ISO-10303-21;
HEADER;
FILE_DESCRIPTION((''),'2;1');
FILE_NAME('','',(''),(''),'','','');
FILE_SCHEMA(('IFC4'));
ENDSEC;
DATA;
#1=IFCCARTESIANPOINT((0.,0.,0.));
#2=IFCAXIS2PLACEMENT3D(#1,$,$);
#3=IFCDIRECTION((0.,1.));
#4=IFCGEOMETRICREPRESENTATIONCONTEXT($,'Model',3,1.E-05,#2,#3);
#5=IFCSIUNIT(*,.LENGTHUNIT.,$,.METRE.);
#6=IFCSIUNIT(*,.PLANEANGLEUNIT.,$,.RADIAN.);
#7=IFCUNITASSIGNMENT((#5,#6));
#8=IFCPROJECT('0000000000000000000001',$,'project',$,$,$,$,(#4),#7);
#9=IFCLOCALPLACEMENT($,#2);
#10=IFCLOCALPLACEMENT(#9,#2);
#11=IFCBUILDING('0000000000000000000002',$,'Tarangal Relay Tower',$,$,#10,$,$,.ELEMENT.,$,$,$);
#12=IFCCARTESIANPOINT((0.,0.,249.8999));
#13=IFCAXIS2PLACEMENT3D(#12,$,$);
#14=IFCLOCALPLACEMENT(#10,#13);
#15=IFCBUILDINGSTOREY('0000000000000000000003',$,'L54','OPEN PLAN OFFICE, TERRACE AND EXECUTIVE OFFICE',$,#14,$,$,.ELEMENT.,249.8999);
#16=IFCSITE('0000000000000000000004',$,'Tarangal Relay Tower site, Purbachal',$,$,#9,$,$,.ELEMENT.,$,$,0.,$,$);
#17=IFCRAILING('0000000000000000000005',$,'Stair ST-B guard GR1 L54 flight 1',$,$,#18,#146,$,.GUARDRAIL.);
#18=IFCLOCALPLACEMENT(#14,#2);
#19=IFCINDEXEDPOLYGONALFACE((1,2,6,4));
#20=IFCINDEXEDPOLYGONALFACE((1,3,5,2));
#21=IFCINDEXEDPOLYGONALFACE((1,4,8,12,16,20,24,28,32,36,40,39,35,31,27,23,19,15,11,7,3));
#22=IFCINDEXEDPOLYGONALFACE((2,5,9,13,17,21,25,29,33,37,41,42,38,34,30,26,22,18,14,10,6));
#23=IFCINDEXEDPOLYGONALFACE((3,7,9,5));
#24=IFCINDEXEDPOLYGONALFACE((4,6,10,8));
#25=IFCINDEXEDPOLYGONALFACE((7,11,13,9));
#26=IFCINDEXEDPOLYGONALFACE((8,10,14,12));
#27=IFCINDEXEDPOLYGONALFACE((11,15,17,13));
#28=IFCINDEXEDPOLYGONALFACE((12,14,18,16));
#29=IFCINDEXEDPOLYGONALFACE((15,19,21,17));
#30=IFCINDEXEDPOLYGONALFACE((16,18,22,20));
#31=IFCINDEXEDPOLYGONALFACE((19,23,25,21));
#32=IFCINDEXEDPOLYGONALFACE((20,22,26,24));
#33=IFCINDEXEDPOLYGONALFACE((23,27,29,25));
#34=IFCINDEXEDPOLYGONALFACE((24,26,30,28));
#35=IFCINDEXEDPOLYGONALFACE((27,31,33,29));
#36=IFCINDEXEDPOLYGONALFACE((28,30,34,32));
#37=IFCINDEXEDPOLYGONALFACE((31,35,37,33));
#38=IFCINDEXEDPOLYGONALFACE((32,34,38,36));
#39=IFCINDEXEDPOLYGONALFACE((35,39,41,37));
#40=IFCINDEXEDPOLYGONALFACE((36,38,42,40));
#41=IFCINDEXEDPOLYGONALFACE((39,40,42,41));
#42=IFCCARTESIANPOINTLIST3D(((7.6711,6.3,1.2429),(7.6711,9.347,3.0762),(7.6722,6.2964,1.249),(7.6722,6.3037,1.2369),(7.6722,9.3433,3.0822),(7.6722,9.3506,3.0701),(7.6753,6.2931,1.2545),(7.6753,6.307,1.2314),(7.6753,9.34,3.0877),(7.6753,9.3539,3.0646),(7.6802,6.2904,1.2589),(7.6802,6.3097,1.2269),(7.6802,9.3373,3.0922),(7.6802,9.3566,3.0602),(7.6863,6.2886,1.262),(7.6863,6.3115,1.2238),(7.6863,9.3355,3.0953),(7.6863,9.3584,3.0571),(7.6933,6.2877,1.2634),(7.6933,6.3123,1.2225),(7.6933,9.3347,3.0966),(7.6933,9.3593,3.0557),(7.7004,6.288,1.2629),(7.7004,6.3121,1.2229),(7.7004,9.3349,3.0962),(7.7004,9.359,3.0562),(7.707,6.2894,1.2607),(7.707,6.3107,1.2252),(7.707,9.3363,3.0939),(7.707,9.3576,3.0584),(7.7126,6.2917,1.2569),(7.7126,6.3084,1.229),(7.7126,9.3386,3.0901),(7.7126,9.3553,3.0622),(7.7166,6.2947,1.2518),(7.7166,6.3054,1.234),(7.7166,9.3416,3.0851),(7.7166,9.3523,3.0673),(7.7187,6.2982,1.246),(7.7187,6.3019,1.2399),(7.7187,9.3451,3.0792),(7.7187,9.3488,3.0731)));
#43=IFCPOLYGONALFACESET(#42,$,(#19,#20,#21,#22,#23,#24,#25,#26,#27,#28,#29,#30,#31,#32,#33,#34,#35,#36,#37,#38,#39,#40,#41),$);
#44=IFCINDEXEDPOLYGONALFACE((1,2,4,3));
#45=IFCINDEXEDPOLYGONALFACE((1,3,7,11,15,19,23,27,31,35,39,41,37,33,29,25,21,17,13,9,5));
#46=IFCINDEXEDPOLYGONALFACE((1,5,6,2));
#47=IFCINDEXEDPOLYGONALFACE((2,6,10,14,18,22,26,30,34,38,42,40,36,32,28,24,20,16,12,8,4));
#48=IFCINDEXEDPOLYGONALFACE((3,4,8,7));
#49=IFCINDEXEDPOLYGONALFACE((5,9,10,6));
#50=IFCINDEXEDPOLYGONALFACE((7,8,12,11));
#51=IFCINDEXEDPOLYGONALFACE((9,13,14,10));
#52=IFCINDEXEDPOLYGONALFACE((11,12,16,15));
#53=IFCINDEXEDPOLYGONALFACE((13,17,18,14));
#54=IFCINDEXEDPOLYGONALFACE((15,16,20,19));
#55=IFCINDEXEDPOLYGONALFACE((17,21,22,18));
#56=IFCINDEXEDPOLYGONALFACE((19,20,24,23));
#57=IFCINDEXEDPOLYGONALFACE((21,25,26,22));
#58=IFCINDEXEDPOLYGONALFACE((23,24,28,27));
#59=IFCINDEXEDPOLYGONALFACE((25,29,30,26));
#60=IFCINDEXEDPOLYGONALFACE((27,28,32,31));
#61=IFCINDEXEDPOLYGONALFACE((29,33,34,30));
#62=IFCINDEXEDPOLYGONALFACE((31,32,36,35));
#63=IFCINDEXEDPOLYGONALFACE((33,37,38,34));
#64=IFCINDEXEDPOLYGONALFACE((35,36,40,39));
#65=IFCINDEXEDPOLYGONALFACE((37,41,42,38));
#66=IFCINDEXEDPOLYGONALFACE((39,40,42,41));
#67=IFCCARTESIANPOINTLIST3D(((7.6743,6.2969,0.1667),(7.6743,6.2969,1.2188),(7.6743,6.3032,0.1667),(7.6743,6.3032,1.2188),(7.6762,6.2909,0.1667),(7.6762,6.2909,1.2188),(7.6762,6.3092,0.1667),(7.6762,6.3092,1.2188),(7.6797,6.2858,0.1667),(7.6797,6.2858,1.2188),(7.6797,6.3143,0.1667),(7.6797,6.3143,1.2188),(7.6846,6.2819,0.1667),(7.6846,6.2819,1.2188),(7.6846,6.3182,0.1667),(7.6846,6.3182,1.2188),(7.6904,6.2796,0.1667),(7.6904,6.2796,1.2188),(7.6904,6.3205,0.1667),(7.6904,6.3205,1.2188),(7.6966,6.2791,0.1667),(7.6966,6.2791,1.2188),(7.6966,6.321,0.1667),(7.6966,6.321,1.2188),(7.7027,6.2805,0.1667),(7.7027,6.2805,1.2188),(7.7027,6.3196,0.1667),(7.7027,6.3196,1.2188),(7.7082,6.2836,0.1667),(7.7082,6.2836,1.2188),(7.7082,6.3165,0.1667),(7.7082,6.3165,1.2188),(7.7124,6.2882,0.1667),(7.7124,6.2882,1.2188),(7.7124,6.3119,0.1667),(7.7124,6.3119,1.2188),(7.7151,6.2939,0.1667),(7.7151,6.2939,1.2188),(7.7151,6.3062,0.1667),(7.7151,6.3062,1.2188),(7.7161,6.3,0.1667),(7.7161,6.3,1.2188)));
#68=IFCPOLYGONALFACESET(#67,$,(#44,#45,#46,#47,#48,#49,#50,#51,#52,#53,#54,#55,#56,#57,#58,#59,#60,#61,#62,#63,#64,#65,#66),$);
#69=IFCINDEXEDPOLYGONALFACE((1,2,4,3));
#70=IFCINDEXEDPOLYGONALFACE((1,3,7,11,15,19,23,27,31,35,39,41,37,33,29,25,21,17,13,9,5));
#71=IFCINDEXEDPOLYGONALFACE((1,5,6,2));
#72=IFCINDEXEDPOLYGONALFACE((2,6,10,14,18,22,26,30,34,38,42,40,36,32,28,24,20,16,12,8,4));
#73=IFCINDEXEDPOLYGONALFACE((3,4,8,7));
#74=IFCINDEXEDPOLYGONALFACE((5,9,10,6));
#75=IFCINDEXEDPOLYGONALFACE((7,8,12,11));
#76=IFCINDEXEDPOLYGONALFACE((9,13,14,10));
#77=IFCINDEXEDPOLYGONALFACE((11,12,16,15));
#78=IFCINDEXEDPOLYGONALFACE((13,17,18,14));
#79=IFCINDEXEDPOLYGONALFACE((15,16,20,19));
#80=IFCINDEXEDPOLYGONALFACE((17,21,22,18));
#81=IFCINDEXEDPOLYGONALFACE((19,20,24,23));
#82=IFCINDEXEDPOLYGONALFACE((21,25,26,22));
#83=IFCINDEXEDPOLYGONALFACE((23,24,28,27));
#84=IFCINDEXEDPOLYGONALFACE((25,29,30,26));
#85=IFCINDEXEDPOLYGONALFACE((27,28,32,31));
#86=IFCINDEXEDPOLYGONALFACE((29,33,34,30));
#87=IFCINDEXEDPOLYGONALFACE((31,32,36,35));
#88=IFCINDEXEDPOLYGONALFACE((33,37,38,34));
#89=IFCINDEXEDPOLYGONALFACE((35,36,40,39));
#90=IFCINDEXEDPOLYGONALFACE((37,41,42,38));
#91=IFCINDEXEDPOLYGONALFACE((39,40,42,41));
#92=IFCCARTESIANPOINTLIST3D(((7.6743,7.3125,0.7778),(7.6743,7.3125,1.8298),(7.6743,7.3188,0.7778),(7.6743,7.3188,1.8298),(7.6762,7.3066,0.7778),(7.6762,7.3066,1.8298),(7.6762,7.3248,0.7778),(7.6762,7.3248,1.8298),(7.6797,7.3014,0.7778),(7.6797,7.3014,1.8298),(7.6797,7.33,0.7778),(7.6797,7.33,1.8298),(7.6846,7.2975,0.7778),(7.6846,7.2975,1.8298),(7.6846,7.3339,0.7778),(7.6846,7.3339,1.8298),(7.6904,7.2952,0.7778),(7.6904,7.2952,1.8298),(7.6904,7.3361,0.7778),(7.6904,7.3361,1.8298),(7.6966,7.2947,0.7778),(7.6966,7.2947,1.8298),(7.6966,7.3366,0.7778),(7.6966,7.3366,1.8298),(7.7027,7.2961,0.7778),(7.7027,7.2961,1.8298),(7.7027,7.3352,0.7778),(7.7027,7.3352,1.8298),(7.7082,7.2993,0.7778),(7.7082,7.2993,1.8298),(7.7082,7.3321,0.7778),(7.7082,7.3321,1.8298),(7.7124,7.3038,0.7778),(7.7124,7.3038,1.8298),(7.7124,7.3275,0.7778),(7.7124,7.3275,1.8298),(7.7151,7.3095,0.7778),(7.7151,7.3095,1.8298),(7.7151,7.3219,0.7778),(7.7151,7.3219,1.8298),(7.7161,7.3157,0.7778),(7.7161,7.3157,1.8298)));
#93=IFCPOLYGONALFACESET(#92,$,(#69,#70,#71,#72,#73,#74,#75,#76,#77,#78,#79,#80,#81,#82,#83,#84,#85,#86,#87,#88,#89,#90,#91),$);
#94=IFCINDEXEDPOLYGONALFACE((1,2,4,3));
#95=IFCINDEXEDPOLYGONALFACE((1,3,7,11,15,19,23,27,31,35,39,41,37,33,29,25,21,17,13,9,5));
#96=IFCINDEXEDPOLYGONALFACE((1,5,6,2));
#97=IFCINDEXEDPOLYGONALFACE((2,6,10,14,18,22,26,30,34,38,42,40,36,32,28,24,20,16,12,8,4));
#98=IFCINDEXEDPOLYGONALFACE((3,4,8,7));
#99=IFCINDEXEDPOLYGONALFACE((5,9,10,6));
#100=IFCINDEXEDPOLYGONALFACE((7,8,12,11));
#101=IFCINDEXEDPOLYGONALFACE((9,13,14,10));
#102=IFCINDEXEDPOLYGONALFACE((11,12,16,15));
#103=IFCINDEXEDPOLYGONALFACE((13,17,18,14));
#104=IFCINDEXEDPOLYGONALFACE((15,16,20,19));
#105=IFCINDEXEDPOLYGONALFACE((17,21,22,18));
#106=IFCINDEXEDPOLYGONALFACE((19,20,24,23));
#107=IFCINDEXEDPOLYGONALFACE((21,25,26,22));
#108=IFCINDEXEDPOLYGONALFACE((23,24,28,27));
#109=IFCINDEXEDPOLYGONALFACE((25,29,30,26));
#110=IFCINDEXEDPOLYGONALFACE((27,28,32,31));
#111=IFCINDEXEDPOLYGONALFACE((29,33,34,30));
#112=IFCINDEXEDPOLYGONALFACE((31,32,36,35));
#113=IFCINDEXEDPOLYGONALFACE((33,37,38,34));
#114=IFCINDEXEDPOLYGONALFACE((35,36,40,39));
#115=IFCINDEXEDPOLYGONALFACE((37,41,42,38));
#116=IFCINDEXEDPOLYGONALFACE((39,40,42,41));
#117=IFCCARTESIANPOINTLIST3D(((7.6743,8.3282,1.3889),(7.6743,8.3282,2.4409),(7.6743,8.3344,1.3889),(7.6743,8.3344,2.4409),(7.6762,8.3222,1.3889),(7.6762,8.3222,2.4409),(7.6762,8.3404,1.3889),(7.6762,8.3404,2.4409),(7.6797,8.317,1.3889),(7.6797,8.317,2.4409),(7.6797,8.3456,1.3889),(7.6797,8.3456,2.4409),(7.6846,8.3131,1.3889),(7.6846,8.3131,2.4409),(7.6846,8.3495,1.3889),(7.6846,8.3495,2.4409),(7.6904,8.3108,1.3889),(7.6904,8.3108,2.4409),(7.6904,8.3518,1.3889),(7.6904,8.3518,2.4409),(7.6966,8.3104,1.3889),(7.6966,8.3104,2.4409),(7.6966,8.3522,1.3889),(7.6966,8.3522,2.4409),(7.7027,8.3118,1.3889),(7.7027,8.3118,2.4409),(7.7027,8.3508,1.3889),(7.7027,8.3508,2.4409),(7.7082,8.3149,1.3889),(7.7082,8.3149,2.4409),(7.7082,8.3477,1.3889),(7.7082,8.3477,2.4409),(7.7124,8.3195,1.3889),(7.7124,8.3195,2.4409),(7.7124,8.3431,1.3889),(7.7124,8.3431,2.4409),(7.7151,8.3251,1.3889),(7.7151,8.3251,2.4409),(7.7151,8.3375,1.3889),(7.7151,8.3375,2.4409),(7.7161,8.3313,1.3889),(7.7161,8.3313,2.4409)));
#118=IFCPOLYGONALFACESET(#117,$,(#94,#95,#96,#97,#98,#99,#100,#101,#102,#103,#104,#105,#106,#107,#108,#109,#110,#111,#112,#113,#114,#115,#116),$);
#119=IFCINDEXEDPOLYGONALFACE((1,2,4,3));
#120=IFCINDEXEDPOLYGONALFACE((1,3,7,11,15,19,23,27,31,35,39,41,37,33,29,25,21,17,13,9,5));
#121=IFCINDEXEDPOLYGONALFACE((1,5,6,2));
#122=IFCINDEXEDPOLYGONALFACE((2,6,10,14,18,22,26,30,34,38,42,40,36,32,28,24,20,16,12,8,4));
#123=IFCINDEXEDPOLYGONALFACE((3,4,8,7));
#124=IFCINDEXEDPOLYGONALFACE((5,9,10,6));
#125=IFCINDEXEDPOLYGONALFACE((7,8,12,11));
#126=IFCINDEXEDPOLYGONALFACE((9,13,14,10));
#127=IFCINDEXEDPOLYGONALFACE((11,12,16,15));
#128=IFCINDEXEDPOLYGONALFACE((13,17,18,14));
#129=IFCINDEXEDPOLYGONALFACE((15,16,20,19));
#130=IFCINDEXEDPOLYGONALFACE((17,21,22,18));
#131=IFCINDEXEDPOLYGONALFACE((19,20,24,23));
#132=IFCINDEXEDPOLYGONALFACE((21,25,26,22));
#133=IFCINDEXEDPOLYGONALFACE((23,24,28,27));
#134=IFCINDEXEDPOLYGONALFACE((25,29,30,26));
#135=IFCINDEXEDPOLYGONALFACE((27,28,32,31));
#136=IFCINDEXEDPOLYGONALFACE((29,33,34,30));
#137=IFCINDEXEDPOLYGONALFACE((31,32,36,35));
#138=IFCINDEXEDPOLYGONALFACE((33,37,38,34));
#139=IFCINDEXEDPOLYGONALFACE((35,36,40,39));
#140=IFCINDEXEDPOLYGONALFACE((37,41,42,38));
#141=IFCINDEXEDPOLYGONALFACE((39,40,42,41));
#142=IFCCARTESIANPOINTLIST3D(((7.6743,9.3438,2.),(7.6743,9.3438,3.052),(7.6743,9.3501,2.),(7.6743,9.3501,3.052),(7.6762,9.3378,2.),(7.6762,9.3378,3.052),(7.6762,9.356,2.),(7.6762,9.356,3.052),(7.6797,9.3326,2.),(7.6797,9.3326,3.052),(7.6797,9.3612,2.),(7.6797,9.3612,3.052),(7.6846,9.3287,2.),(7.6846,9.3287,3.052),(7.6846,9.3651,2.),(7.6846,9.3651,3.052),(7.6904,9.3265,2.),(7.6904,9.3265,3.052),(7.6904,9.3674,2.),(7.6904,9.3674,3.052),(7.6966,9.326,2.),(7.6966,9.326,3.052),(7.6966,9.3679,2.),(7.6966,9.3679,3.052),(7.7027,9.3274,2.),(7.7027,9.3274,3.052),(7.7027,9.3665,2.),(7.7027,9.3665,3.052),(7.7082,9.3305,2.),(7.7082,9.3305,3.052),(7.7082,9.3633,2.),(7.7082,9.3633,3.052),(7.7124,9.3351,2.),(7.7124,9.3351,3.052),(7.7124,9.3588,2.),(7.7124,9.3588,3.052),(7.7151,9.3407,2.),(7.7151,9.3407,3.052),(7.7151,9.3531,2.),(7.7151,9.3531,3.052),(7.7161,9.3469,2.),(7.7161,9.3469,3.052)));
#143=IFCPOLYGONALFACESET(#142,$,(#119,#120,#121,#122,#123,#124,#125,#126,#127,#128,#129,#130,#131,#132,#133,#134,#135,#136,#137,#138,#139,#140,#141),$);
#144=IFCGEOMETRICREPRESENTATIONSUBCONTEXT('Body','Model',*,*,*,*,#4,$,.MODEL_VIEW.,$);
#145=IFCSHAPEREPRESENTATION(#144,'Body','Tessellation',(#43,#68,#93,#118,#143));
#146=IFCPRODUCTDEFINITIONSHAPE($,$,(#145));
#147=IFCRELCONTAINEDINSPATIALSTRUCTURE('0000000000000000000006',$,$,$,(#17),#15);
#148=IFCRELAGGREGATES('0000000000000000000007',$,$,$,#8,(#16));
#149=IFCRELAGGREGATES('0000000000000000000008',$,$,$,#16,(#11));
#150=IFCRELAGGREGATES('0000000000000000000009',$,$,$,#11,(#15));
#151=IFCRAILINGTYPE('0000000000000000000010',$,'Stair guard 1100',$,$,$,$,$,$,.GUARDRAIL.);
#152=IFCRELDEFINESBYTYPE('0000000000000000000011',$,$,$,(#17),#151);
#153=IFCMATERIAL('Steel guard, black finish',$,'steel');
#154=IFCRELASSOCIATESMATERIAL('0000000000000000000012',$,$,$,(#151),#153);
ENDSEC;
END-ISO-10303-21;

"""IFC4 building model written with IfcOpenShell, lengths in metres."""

from ifc_helpers import new_model, si_unit, direction, frame, origin, origin_2d, place, context, subcontext, project, spatial, circle, extrude, material, type_object, element, save


model = new_model("IFC4")

# Units and contexts
model_context = context("Model", 3, precision=1e-05, world=origin(), true_north=direction((0.0, 1.0)))
body_context = subcontext(model_context, "Body", "Model", "MODEL_VIEW")
ifc_project = project(units=[si_unit("LENGTHUNIT", "METRE"), si_unit("PLANEANGLEUNIT", "RADIAN")], contexts=[model_context])

# Site, building, storey
site_placement = place(None, origin())
site = spatial("IfcSite", under=ifc_project, at=site_placement, Name="Tarangal Relay Tower site, Purbachal", CompositionType="ELEMENT", RefElevation=0.0)
building_placement = place(site_placement, origin())
building = spatial("IfcBuilding", under=site, at=building_placement, Name="Tarangal Relay Tower", CompositionType="ELEMENT")
storey_placement = place(building_placement, frame((0.0, 0.0, 249.8999)))
storey = spatial("IfcBuildingStorey", under=building, at=storey_placement, Name="L54", Description="OPEN PLAN OFFICE, TERRACE AND EXECUTIVE OFFICE", CompositionType="ELEMENT", Elevation=249.8999)

# Railing
ifc_material_1 = material(Name="Steel guard, black finish", Category="steel")
railing_type_1 = type_object("IfcRailingType", Name="Stair guard 1100", PredefinedType="GUARDRAIL", material=ifc_material_1)
railing_1_placement = place(storey_placement, frame((7.6951, 6.3, 0.1667)))
element("IfcRailing", 1, at=railing_1_placement, inside=storey, type_object=railing_type_1, Name="Stair ST-B guard GR1 L54 flight 1", PredefinedType="GUARDRAIL", context=body_context, shape_type="SweptSolid", body=[
    extrude(circle(Radius=0.0239, at=origin_2d()), frame((0.0, 0.0, 1.0762), z_axis=(0.0, 0.856856, 0.515556), x_axis=(-1.0, 0.0, 0.0)), (0.0, 0.0, 1.0), 3.5559),
    extrude(circle(Radius=0.021, at=origin_2d()), origin(), (0.0, 0.0, 1.0), 1.052),
    extrude(circle(Radius=0.021, at=origin_2d()), frame((0.0, 1.0156, 0.6111)), (0.0, 0.0, 1.0), 1.052),
    extrude(circle(Radius=0.021, at=origin_2d()), frame((0.0, 2.0312, 1.2222)), (0.0, 0.0, 1.0), 1.052),
    extrude(circle(Radius=0.021, at=origin_2d()), frame((0.0, 3.0469, 1.8333)), (0.0, 0.0, 1.0), 1.052),
])

save(model, "model.ifc")
